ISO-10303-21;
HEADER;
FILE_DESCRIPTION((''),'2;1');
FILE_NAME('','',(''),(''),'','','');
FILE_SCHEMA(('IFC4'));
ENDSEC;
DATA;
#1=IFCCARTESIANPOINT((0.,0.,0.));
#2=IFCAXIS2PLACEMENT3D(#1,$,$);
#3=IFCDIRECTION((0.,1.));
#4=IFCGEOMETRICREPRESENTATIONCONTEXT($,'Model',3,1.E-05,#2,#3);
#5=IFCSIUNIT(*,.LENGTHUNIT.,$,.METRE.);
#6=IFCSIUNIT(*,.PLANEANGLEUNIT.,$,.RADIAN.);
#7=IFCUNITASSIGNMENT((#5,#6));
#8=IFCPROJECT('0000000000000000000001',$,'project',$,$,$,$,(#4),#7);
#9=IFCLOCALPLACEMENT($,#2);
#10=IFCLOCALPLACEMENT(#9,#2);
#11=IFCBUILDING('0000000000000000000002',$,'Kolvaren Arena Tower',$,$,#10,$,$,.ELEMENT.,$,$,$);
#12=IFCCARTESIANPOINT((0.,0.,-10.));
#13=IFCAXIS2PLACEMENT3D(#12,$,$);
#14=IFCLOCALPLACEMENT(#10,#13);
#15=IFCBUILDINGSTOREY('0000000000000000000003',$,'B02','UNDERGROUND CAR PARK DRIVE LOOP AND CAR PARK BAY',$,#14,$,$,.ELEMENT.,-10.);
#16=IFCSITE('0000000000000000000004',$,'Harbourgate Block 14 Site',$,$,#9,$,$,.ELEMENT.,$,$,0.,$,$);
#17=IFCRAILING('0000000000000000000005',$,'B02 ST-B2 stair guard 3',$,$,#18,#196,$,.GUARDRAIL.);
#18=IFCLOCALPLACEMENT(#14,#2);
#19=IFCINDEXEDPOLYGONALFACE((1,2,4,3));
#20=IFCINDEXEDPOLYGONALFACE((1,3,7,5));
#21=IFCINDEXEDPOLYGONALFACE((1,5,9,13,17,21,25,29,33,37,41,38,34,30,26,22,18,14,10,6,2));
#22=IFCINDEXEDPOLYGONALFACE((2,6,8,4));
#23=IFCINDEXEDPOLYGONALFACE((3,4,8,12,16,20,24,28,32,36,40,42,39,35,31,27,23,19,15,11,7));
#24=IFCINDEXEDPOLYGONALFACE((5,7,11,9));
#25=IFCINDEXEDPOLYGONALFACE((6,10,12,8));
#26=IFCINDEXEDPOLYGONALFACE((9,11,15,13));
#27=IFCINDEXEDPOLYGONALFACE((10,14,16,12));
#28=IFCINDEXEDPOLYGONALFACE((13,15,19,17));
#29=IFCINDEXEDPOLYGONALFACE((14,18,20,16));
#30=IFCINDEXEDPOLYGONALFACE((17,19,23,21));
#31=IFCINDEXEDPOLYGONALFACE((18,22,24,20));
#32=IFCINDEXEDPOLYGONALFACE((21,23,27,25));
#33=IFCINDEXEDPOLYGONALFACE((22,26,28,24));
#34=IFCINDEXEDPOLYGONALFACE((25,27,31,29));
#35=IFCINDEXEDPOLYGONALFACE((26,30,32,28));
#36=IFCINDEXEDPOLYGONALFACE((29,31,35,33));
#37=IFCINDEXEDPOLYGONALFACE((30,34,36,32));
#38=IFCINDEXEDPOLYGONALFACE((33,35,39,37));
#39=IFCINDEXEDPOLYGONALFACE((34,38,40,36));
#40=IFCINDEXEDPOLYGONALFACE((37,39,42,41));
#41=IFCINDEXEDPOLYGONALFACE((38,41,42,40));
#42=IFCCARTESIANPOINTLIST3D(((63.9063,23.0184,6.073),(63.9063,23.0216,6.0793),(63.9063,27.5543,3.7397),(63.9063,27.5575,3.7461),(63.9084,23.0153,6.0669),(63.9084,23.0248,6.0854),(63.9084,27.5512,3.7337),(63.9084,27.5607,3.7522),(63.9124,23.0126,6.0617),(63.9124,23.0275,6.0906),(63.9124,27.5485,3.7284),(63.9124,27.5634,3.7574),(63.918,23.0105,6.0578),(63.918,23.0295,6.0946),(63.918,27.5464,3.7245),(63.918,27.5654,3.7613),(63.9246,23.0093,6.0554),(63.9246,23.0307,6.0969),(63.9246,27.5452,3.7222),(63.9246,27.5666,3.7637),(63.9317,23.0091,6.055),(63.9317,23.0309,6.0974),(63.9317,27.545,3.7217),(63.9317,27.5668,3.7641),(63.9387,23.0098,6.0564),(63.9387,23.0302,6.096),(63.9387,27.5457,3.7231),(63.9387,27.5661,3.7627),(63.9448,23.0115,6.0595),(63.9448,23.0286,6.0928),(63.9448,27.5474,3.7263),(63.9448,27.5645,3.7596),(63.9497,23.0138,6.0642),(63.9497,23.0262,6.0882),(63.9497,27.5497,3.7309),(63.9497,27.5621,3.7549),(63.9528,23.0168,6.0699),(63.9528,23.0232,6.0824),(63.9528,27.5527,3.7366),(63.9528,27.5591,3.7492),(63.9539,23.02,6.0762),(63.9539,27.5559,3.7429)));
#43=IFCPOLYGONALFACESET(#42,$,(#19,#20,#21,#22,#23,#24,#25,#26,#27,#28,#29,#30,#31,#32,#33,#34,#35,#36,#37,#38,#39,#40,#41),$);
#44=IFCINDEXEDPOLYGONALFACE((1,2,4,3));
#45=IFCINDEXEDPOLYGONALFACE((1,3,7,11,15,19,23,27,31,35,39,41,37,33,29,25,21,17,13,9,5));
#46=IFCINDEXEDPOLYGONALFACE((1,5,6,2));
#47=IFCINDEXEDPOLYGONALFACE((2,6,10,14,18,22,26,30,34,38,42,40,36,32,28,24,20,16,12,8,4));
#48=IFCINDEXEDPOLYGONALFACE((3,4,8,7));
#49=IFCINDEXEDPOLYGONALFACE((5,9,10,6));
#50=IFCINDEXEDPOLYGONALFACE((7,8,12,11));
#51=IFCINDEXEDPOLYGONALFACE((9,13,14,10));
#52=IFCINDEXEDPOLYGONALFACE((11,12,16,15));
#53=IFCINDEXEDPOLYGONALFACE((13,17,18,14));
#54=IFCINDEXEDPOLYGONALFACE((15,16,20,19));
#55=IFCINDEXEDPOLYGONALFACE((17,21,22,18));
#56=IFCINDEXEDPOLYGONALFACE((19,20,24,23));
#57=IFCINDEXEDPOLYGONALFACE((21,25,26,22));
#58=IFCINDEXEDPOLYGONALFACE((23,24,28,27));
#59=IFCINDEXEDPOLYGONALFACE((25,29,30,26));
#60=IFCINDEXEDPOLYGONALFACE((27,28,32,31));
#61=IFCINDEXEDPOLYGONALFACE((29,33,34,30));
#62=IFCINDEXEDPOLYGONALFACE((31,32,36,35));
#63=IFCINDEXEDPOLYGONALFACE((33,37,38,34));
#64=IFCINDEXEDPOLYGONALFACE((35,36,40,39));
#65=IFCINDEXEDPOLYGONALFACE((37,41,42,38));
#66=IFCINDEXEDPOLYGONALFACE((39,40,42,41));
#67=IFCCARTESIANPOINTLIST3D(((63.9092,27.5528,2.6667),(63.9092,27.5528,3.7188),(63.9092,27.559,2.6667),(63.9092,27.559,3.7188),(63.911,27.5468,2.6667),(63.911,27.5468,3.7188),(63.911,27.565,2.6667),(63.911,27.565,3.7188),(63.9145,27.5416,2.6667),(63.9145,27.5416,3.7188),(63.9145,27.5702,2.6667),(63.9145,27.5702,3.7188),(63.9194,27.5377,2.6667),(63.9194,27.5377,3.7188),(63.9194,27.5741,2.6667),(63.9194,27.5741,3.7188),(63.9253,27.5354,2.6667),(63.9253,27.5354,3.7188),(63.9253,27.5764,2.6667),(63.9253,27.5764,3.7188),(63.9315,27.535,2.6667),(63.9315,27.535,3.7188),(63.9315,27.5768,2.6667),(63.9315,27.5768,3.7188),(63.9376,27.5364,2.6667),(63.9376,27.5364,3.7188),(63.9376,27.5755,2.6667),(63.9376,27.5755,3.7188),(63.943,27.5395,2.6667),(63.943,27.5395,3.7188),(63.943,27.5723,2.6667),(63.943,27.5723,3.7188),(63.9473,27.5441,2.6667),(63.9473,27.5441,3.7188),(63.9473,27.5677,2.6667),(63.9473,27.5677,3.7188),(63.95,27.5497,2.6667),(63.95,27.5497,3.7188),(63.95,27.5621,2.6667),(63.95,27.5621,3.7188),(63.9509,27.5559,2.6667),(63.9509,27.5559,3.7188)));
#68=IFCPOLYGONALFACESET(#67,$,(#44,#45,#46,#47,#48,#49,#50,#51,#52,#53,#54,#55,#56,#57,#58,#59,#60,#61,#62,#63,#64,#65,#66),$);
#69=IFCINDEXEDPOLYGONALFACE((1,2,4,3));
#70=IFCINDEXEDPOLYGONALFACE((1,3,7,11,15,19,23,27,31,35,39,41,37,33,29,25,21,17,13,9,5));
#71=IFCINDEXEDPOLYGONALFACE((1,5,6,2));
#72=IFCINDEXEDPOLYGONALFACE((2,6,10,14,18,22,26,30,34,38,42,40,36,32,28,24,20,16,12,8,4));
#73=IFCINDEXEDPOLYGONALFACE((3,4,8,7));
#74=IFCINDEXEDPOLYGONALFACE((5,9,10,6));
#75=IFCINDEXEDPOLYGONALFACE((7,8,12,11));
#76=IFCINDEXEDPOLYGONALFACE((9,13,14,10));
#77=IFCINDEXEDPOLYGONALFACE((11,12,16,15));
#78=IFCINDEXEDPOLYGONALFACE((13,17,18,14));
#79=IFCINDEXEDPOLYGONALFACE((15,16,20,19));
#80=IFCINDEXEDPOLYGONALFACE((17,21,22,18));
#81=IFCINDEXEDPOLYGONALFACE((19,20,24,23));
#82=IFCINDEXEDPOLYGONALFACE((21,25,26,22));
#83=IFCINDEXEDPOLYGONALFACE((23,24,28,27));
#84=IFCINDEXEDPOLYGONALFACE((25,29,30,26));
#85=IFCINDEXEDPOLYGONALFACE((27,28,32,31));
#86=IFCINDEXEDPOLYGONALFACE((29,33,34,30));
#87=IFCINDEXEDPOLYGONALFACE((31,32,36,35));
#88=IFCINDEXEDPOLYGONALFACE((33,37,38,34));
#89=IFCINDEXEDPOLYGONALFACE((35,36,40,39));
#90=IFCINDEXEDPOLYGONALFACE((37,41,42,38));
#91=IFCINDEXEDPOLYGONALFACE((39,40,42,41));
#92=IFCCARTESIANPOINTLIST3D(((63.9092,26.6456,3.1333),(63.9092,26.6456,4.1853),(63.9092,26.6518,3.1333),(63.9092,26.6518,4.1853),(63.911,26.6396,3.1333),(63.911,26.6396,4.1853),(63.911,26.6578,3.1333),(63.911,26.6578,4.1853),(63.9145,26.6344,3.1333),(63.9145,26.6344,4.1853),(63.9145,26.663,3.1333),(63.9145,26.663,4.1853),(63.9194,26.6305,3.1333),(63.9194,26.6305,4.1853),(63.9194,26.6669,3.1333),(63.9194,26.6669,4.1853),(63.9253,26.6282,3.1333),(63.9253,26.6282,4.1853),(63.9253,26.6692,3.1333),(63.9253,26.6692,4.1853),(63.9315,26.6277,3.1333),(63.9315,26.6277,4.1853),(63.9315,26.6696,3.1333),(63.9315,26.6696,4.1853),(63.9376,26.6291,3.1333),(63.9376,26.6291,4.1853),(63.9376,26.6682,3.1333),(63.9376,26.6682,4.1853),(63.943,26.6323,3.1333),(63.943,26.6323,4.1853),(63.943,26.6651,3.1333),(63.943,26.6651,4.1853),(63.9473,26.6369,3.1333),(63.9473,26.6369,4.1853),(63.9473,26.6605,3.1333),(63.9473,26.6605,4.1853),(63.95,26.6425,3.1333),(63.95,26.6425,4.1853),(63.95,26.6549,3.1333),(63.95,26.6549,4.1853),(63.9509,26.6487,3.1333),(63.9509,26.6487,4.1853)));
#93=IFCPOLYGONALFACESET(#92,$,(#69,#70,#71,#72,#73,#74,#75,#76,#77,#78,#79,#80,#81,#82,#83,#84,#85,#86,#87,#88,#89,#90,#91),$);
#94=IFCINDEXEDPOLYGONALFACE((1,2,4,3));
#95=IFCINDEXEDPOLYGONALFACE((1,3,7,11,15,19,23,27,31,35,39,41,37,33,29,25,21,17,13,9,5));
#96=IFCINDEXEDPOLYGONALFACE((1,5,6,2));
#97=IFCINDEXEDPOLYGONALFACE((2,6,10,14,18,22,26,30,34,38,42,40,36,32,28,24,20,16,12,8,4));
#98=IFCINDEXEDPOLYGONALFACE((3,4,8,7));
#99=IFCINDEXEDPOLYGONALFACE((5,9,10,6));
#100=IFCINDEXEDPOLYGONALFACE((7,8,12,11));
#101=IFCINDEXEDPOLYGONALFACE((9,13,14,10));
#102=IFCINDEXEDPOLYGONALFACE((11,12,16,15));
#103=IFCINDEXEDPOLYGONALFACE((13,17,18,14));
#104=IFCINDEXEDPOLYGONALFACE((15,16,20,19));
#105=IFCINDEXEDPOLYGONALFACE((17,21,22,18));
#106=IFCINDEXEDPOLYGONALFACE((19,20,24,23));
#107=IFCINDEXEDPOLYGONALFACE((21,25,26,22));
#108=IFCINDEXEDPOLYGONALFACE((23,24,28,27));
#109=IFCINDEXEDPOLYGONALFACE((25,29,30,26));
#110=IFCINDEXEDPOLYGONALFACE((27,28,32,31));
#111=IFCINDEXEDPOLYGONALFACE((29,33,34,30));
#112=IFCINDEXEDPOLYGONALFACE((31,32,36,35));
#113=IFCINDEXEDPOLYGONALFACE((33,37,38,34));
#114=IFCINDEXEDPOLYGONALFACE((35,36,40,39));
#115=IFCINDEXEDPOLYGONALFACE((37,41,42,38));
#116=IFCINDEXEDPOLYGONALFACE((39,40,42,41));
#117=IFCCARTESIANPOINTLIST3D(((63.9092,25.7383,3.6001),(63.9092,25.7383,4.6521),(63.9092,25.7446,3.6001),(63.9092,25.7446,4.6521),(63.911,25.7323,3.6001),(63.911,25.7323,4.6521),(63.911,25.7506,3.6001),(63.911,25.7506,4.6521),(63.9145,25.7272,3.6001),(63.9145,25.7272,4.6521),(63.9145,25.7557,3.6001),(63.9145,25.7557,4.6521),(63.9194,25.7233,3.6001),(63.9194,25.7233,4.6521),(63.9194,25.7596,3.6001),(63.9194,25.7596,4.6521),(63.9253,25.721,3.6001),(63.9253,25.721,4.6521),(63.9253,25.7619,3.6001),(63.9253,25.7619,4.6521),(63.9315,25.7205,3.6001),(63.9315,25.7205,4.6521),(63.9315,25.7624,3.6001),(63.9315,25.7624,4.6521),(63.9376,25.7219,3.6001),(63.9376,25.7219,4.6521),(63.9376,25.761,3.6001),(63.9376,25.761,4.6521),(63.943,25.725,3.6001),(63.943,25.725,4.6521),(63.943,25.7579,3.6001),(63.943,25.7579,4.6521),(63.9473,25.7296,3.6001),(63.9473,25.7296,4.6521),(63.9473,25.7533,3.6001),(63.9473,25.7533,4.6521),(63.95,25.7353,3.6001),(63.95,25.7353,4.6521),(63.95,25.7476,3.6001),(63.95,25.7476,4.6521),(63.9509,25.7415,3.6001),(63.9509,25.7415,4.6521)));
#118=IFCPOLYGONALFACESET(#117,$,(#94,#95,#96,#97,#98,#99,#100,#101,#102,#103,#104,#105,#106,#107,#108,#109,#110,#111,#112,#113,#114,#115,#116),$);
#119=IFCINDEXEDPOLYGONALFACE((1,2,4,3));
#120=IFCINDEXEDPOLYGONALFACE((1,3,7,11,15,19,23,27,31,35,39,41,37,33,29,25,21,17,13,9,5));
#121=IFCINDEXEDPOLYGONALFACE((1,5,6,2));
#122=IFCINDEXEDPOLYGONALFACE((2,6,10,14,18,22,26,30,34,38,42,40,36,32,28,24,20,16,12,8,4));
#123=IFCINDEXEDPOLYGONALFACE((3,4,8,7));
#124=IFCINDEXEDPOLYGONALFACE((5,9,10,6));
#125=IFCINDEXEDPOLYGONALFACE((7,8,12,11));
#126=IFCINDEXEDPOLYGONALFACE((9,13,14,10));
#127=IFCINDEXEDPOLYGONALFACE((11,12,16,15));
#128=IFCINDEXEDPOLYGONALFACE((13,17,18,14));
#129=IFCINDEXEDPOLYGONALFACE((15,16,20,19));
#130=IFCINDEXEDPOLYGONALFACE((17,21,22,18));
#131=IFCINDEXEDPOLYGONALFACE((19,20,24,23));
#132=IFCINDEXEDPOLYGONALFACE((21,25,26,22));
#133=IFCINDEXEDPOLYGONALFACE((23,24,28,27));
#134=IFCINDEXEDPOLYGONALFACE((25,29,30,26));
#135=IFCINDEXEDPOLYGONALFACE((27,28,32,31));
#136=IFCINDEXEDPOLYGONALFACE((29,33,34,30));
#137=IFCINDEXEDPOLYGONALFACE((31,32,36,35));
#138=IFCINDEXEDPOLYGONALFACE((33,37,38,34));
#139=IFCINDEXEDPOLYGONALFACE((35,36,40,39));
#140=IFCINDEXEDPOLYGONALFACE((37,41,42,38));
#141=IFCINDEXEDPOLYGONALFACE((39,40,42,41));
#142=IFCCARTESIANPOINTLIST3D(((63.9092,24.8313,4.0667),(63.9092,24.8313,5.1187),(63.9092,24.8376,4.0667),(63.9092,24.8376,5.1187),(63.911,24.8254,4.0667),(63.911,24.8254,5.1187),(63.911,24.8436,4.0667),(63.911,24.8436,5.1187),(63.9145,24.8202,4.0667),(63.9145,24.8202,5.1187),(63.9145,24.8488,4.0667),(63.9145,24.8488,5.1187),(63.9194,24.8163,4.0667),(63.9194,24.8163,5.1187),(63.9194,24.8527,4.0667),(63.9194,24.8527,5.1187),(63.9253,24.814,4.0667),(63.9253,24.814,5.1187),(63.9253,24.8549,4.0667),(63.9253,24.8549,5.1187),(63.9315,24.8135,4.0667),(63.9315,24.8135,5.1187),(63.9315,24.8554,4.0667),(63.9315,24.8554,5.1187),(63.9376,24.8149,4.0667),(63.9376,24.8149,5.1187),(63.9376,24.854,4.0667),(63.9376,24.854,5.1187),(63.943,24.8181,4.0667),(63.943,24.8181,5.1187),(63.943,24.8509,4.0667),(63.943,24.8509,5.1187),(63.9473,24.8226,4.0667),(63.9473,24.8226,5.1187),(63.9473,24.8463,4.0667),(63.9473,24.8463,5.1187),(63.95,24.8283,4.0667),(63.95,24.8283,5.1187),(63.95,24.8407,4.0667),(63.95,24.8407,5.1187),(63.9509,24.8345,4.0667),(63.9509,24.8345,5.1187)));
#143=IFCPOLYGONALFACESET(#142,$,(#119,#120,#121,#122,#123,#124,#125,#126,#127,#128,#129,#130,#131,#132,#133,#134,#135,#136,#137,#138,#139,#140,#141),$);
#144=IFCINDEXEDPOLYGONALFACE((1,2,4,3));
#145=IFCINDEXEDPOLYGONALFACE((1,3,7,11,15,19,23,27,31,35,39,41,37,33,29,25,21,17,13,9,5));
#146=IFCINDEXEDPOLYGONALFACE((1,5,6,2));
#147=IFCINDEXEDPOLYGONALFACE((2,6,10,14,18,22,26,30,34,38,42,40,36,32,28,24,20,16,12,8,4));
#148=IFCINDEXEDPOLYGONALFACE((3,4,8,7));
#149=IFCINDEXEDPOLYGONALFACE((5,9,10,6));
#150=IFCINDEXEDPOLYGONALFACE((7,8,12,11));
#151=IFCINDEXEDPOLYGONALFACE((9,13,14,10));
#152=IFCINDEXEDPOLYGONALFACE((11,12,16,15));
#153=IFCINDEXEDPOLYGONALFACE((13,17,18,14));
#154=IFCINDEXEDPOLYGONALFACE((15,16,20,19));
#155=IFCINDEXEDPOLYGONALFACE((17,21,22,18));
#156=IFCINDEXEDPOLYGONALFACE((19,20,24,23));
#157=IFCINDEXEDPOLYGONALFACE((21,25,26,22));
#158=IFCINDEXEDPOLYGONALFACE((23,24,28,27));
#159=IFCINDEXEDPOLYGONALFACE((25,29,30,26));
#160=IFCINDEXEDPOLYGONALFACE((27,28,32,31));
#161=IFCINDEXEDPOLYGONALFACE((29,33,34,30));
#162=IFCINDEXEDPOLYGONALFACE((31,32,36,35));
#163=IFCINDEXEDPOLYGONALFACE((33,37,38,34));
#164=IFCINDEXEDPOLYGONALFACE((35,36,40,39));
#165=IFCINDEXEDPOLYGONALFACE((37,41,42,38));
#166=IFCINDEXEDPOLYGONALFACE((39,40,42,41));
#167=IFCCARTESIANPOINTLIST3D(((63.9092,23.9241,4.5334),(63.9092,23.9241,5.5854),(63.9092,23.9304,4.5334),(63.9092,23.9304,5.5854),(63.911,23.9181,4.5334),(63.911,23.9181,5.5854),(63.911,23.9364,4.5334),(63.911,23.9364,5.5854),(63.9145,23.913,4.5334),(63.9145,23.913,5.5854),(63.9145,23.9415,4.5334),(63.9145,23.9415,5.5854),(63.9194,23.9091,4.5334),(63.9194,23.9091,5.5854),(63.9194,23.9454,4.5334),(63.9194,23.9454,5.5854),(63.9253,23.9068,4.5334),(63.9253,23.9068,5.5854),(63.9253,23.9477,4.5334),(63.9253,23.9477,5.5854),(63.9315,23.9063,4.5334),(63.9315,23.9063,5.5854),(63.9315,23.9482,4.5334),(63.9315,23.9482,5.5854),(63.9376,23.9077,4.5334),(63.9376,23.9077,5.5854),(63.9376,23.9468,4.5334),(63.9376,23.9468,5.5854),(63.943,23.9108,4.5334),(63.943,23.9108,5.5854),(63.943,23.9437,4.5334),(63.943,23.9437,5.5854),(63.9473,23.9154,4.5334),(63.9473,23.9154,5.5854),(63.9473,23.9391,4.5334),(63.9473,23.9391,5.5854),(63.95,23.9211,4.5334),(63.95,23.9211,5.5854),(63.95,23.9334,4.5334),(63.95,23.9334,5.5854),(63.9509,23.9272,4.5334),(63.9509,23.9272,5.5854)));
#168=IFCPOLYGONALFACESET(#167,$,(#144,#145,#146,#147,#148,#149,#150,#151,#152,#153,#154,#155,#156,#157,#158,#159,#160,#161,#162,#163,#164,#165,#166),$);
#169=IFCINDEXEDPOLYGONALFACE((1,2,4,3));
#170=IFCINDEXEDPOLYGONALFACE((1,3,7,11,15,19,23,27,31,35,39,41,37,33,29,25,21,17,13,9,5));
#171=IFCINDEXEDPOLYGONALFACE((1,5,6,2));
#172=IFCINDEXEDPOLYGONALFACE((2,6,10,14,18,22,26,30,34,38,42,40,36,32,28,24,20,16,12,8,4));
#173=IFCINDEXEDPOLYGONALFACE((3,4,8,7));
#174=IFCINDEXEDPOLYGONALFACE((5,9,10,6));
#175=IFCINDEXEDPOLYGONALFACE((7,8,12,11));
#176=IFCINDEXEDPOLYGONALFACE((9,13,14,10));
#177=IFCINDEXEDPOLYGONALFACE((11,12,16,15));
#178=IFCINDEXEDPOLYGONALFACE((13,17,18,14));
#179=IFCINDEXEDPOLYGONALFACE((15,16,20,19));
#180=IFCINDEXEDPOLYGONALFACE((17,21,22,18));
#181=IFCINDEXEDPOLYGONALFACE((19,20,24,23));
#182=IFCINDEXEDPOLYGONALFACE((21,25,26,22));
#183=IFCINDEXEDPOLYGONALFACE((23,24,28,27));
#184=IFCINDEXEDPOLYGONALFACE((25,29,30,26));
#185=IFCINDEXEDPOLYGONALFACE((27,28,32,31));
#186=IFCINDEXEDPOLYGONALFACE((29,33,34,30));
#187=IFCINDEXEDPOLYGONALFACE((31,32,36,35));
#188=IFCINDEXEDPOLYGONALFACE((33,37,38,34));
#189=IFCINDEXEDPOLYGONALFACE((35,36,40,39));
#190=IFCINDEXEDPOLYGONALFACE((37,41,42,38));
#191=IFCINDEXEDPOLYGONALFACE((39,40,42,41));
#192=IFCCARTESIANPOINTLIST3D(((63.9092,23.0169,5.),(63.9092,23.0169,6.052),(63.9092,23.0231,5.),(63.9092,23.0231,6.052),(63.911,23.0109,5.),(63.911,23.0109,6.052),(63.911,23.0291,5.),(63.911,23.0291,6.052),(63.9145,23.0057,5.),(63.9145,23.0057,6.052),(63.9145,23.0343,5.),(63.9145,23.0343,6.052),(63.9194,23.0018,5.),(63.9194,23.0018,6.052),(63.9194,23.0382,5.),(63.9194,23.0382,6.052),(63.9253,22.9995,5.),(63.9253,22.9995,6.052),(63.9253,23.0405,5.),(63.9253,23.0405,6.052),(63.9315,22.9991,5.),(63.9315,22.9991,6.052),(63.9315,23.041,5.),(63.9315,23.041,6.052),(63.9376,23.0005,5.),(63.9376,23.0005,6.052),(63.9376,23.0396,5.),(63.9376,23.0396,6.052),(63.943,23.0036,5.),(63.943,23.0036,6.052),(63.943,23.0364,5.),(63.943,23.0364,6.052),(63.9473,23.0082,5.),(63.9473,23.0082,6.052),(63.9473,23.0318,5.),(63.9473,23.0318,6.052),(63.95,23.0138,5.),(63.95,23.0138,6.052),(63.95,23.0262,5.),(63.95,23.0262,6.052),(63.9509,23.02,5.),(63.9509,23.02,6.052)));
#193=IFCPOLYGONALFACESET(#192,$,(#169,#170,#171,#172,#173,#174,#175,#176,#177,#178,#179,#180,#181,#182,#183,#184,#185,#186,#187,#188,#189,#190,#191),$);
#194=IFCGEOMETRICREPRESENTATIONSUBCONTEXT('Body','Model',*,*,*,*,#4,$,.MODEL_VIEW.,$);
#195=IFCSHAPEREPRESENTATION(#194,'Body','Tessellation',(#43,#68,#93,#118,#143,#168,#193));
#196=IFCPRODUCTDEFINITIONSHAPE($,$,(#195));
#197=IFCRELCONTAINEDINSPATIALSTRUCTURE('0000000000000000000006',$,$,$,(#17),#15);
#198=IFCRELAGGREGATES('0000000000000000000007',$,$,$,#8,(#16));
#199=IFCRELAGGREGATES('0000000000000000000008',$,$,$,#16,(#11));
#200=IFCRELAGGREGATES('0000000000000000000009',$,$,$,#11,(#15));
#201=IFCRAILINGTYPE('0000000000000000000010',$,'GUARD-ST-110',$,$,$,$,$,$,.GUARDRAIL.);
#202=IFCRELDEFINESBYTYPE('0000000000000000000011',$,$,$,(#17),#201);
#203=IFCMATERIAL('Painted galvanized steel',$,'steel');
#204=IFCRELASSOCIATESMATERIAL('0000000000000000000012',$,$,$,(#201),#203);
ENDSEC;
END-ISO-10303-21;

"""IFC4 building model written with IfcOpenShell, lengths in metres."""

from ifc_helpers import new_model, si_unit, direction, frame, origin, origin_2d, place, context, subcontext, project, spatial, circle, extrude, material, type_object, element, save


model = new_model("IFC4")

# Units and contexts
model_context = context("Model", 3, precision=1e-05, world=origin(), true_north=direction((0.0, 1.0)))
body_context = subcontext(model_context, "Body", "Model", "MODEL_VIEW")
ifc_project = project(units=[si_unit("LENGTHUNIT", "METRE"), si_unit("PLANEANGLEUNIT", "RADIAN")], contexts=[model_context])

# Site, building, storey
site_placement = place(None, origin())
site = spatial("IfcSite", under=ifc_project, at=site_placement, Name="Harbourgate Block 14 Site", CompositionType="ELEMENT", RefElevation=0.0)
building_placement = place(site_placement, origin())
building = spatial("IfcBuilding", under=site, at=building_placement, Name="Kolvaren Arena Tower", CompositionType="ELEMENT")
storey_placement = place(building_placement, frame((0.0, 0.0, -10.0)))
storey = spatial("IfcBuildingStorey", under=building, at=storey_placement, Name="B02", Description="UNDERGROUND CAR PARK DRIVE LOOP AND CAR PARK BAY", CompositionType="ELEMENT", Elevation=-10.0)

# Railing
ifc_material_1 = material(Name="Painted galvanized steel", Category="steel")
railing_type_1 = type_object("IfcRailingType", Name="GUARD-ST-110", PredefinedType="GUARDRAIL", material=ifc_material_1)
railing_1_placement = place(storey_placement, frame((63.9299, 27.5559, 2.6667)))
element("IfcRailing", 1, at=railing_1_placement, inside=storey, type_object=railing_type_1, Name="B02 ST-B2 stair guard 3", PredefinedType="GUARDRAIL", context=body_context, shape_type="SweptSolid", body=[
    extrude(circle(Radius=0.0239, at=origin_2d()), frame((0.0, 0.0, 1.0762), z_axis=(0.0, -0.889247, 0.457427), x_axis=(1.0, 0.0, 0.0)), (0.0, 0.0, 1.0), 5.1008),
    extrude(circle(Radius=0.021, at=origin_2d()), origin(), (0.0, 0.0, 1.0), 1.052),
    extrude(circle(Radius=0.021, at=origin_2d()), frame((0.0, -0.9072, 0.4666)), (0.0, 0.0, 1.0), 1.052),
    extrude(circle(Radius=0.021, at=origin_2d()), frame((0.0, -1.8145, 0.9333)), (0.0, 0.0, 1.0), 1.052),
    extrude(circle(Radius=0.021, at=origin_2d()), frame((0.0, -2.7214, 1.3999)), (0.0, 0.0, 1.0), 1.052),
    extrude(circle(Radius=0.021, at=origin_2d()), frame((0.0, -3.6287, 1.8667)), (0.0, 0.0, 1.0), 1.052),
    extrude(circle(Radius=0.021, at=origin_2d()), frame((0.0, -4.5359, 2.3333)), (0.0, 0.0, 1.0), 1.052),
])

save(model, "model.ifc")
